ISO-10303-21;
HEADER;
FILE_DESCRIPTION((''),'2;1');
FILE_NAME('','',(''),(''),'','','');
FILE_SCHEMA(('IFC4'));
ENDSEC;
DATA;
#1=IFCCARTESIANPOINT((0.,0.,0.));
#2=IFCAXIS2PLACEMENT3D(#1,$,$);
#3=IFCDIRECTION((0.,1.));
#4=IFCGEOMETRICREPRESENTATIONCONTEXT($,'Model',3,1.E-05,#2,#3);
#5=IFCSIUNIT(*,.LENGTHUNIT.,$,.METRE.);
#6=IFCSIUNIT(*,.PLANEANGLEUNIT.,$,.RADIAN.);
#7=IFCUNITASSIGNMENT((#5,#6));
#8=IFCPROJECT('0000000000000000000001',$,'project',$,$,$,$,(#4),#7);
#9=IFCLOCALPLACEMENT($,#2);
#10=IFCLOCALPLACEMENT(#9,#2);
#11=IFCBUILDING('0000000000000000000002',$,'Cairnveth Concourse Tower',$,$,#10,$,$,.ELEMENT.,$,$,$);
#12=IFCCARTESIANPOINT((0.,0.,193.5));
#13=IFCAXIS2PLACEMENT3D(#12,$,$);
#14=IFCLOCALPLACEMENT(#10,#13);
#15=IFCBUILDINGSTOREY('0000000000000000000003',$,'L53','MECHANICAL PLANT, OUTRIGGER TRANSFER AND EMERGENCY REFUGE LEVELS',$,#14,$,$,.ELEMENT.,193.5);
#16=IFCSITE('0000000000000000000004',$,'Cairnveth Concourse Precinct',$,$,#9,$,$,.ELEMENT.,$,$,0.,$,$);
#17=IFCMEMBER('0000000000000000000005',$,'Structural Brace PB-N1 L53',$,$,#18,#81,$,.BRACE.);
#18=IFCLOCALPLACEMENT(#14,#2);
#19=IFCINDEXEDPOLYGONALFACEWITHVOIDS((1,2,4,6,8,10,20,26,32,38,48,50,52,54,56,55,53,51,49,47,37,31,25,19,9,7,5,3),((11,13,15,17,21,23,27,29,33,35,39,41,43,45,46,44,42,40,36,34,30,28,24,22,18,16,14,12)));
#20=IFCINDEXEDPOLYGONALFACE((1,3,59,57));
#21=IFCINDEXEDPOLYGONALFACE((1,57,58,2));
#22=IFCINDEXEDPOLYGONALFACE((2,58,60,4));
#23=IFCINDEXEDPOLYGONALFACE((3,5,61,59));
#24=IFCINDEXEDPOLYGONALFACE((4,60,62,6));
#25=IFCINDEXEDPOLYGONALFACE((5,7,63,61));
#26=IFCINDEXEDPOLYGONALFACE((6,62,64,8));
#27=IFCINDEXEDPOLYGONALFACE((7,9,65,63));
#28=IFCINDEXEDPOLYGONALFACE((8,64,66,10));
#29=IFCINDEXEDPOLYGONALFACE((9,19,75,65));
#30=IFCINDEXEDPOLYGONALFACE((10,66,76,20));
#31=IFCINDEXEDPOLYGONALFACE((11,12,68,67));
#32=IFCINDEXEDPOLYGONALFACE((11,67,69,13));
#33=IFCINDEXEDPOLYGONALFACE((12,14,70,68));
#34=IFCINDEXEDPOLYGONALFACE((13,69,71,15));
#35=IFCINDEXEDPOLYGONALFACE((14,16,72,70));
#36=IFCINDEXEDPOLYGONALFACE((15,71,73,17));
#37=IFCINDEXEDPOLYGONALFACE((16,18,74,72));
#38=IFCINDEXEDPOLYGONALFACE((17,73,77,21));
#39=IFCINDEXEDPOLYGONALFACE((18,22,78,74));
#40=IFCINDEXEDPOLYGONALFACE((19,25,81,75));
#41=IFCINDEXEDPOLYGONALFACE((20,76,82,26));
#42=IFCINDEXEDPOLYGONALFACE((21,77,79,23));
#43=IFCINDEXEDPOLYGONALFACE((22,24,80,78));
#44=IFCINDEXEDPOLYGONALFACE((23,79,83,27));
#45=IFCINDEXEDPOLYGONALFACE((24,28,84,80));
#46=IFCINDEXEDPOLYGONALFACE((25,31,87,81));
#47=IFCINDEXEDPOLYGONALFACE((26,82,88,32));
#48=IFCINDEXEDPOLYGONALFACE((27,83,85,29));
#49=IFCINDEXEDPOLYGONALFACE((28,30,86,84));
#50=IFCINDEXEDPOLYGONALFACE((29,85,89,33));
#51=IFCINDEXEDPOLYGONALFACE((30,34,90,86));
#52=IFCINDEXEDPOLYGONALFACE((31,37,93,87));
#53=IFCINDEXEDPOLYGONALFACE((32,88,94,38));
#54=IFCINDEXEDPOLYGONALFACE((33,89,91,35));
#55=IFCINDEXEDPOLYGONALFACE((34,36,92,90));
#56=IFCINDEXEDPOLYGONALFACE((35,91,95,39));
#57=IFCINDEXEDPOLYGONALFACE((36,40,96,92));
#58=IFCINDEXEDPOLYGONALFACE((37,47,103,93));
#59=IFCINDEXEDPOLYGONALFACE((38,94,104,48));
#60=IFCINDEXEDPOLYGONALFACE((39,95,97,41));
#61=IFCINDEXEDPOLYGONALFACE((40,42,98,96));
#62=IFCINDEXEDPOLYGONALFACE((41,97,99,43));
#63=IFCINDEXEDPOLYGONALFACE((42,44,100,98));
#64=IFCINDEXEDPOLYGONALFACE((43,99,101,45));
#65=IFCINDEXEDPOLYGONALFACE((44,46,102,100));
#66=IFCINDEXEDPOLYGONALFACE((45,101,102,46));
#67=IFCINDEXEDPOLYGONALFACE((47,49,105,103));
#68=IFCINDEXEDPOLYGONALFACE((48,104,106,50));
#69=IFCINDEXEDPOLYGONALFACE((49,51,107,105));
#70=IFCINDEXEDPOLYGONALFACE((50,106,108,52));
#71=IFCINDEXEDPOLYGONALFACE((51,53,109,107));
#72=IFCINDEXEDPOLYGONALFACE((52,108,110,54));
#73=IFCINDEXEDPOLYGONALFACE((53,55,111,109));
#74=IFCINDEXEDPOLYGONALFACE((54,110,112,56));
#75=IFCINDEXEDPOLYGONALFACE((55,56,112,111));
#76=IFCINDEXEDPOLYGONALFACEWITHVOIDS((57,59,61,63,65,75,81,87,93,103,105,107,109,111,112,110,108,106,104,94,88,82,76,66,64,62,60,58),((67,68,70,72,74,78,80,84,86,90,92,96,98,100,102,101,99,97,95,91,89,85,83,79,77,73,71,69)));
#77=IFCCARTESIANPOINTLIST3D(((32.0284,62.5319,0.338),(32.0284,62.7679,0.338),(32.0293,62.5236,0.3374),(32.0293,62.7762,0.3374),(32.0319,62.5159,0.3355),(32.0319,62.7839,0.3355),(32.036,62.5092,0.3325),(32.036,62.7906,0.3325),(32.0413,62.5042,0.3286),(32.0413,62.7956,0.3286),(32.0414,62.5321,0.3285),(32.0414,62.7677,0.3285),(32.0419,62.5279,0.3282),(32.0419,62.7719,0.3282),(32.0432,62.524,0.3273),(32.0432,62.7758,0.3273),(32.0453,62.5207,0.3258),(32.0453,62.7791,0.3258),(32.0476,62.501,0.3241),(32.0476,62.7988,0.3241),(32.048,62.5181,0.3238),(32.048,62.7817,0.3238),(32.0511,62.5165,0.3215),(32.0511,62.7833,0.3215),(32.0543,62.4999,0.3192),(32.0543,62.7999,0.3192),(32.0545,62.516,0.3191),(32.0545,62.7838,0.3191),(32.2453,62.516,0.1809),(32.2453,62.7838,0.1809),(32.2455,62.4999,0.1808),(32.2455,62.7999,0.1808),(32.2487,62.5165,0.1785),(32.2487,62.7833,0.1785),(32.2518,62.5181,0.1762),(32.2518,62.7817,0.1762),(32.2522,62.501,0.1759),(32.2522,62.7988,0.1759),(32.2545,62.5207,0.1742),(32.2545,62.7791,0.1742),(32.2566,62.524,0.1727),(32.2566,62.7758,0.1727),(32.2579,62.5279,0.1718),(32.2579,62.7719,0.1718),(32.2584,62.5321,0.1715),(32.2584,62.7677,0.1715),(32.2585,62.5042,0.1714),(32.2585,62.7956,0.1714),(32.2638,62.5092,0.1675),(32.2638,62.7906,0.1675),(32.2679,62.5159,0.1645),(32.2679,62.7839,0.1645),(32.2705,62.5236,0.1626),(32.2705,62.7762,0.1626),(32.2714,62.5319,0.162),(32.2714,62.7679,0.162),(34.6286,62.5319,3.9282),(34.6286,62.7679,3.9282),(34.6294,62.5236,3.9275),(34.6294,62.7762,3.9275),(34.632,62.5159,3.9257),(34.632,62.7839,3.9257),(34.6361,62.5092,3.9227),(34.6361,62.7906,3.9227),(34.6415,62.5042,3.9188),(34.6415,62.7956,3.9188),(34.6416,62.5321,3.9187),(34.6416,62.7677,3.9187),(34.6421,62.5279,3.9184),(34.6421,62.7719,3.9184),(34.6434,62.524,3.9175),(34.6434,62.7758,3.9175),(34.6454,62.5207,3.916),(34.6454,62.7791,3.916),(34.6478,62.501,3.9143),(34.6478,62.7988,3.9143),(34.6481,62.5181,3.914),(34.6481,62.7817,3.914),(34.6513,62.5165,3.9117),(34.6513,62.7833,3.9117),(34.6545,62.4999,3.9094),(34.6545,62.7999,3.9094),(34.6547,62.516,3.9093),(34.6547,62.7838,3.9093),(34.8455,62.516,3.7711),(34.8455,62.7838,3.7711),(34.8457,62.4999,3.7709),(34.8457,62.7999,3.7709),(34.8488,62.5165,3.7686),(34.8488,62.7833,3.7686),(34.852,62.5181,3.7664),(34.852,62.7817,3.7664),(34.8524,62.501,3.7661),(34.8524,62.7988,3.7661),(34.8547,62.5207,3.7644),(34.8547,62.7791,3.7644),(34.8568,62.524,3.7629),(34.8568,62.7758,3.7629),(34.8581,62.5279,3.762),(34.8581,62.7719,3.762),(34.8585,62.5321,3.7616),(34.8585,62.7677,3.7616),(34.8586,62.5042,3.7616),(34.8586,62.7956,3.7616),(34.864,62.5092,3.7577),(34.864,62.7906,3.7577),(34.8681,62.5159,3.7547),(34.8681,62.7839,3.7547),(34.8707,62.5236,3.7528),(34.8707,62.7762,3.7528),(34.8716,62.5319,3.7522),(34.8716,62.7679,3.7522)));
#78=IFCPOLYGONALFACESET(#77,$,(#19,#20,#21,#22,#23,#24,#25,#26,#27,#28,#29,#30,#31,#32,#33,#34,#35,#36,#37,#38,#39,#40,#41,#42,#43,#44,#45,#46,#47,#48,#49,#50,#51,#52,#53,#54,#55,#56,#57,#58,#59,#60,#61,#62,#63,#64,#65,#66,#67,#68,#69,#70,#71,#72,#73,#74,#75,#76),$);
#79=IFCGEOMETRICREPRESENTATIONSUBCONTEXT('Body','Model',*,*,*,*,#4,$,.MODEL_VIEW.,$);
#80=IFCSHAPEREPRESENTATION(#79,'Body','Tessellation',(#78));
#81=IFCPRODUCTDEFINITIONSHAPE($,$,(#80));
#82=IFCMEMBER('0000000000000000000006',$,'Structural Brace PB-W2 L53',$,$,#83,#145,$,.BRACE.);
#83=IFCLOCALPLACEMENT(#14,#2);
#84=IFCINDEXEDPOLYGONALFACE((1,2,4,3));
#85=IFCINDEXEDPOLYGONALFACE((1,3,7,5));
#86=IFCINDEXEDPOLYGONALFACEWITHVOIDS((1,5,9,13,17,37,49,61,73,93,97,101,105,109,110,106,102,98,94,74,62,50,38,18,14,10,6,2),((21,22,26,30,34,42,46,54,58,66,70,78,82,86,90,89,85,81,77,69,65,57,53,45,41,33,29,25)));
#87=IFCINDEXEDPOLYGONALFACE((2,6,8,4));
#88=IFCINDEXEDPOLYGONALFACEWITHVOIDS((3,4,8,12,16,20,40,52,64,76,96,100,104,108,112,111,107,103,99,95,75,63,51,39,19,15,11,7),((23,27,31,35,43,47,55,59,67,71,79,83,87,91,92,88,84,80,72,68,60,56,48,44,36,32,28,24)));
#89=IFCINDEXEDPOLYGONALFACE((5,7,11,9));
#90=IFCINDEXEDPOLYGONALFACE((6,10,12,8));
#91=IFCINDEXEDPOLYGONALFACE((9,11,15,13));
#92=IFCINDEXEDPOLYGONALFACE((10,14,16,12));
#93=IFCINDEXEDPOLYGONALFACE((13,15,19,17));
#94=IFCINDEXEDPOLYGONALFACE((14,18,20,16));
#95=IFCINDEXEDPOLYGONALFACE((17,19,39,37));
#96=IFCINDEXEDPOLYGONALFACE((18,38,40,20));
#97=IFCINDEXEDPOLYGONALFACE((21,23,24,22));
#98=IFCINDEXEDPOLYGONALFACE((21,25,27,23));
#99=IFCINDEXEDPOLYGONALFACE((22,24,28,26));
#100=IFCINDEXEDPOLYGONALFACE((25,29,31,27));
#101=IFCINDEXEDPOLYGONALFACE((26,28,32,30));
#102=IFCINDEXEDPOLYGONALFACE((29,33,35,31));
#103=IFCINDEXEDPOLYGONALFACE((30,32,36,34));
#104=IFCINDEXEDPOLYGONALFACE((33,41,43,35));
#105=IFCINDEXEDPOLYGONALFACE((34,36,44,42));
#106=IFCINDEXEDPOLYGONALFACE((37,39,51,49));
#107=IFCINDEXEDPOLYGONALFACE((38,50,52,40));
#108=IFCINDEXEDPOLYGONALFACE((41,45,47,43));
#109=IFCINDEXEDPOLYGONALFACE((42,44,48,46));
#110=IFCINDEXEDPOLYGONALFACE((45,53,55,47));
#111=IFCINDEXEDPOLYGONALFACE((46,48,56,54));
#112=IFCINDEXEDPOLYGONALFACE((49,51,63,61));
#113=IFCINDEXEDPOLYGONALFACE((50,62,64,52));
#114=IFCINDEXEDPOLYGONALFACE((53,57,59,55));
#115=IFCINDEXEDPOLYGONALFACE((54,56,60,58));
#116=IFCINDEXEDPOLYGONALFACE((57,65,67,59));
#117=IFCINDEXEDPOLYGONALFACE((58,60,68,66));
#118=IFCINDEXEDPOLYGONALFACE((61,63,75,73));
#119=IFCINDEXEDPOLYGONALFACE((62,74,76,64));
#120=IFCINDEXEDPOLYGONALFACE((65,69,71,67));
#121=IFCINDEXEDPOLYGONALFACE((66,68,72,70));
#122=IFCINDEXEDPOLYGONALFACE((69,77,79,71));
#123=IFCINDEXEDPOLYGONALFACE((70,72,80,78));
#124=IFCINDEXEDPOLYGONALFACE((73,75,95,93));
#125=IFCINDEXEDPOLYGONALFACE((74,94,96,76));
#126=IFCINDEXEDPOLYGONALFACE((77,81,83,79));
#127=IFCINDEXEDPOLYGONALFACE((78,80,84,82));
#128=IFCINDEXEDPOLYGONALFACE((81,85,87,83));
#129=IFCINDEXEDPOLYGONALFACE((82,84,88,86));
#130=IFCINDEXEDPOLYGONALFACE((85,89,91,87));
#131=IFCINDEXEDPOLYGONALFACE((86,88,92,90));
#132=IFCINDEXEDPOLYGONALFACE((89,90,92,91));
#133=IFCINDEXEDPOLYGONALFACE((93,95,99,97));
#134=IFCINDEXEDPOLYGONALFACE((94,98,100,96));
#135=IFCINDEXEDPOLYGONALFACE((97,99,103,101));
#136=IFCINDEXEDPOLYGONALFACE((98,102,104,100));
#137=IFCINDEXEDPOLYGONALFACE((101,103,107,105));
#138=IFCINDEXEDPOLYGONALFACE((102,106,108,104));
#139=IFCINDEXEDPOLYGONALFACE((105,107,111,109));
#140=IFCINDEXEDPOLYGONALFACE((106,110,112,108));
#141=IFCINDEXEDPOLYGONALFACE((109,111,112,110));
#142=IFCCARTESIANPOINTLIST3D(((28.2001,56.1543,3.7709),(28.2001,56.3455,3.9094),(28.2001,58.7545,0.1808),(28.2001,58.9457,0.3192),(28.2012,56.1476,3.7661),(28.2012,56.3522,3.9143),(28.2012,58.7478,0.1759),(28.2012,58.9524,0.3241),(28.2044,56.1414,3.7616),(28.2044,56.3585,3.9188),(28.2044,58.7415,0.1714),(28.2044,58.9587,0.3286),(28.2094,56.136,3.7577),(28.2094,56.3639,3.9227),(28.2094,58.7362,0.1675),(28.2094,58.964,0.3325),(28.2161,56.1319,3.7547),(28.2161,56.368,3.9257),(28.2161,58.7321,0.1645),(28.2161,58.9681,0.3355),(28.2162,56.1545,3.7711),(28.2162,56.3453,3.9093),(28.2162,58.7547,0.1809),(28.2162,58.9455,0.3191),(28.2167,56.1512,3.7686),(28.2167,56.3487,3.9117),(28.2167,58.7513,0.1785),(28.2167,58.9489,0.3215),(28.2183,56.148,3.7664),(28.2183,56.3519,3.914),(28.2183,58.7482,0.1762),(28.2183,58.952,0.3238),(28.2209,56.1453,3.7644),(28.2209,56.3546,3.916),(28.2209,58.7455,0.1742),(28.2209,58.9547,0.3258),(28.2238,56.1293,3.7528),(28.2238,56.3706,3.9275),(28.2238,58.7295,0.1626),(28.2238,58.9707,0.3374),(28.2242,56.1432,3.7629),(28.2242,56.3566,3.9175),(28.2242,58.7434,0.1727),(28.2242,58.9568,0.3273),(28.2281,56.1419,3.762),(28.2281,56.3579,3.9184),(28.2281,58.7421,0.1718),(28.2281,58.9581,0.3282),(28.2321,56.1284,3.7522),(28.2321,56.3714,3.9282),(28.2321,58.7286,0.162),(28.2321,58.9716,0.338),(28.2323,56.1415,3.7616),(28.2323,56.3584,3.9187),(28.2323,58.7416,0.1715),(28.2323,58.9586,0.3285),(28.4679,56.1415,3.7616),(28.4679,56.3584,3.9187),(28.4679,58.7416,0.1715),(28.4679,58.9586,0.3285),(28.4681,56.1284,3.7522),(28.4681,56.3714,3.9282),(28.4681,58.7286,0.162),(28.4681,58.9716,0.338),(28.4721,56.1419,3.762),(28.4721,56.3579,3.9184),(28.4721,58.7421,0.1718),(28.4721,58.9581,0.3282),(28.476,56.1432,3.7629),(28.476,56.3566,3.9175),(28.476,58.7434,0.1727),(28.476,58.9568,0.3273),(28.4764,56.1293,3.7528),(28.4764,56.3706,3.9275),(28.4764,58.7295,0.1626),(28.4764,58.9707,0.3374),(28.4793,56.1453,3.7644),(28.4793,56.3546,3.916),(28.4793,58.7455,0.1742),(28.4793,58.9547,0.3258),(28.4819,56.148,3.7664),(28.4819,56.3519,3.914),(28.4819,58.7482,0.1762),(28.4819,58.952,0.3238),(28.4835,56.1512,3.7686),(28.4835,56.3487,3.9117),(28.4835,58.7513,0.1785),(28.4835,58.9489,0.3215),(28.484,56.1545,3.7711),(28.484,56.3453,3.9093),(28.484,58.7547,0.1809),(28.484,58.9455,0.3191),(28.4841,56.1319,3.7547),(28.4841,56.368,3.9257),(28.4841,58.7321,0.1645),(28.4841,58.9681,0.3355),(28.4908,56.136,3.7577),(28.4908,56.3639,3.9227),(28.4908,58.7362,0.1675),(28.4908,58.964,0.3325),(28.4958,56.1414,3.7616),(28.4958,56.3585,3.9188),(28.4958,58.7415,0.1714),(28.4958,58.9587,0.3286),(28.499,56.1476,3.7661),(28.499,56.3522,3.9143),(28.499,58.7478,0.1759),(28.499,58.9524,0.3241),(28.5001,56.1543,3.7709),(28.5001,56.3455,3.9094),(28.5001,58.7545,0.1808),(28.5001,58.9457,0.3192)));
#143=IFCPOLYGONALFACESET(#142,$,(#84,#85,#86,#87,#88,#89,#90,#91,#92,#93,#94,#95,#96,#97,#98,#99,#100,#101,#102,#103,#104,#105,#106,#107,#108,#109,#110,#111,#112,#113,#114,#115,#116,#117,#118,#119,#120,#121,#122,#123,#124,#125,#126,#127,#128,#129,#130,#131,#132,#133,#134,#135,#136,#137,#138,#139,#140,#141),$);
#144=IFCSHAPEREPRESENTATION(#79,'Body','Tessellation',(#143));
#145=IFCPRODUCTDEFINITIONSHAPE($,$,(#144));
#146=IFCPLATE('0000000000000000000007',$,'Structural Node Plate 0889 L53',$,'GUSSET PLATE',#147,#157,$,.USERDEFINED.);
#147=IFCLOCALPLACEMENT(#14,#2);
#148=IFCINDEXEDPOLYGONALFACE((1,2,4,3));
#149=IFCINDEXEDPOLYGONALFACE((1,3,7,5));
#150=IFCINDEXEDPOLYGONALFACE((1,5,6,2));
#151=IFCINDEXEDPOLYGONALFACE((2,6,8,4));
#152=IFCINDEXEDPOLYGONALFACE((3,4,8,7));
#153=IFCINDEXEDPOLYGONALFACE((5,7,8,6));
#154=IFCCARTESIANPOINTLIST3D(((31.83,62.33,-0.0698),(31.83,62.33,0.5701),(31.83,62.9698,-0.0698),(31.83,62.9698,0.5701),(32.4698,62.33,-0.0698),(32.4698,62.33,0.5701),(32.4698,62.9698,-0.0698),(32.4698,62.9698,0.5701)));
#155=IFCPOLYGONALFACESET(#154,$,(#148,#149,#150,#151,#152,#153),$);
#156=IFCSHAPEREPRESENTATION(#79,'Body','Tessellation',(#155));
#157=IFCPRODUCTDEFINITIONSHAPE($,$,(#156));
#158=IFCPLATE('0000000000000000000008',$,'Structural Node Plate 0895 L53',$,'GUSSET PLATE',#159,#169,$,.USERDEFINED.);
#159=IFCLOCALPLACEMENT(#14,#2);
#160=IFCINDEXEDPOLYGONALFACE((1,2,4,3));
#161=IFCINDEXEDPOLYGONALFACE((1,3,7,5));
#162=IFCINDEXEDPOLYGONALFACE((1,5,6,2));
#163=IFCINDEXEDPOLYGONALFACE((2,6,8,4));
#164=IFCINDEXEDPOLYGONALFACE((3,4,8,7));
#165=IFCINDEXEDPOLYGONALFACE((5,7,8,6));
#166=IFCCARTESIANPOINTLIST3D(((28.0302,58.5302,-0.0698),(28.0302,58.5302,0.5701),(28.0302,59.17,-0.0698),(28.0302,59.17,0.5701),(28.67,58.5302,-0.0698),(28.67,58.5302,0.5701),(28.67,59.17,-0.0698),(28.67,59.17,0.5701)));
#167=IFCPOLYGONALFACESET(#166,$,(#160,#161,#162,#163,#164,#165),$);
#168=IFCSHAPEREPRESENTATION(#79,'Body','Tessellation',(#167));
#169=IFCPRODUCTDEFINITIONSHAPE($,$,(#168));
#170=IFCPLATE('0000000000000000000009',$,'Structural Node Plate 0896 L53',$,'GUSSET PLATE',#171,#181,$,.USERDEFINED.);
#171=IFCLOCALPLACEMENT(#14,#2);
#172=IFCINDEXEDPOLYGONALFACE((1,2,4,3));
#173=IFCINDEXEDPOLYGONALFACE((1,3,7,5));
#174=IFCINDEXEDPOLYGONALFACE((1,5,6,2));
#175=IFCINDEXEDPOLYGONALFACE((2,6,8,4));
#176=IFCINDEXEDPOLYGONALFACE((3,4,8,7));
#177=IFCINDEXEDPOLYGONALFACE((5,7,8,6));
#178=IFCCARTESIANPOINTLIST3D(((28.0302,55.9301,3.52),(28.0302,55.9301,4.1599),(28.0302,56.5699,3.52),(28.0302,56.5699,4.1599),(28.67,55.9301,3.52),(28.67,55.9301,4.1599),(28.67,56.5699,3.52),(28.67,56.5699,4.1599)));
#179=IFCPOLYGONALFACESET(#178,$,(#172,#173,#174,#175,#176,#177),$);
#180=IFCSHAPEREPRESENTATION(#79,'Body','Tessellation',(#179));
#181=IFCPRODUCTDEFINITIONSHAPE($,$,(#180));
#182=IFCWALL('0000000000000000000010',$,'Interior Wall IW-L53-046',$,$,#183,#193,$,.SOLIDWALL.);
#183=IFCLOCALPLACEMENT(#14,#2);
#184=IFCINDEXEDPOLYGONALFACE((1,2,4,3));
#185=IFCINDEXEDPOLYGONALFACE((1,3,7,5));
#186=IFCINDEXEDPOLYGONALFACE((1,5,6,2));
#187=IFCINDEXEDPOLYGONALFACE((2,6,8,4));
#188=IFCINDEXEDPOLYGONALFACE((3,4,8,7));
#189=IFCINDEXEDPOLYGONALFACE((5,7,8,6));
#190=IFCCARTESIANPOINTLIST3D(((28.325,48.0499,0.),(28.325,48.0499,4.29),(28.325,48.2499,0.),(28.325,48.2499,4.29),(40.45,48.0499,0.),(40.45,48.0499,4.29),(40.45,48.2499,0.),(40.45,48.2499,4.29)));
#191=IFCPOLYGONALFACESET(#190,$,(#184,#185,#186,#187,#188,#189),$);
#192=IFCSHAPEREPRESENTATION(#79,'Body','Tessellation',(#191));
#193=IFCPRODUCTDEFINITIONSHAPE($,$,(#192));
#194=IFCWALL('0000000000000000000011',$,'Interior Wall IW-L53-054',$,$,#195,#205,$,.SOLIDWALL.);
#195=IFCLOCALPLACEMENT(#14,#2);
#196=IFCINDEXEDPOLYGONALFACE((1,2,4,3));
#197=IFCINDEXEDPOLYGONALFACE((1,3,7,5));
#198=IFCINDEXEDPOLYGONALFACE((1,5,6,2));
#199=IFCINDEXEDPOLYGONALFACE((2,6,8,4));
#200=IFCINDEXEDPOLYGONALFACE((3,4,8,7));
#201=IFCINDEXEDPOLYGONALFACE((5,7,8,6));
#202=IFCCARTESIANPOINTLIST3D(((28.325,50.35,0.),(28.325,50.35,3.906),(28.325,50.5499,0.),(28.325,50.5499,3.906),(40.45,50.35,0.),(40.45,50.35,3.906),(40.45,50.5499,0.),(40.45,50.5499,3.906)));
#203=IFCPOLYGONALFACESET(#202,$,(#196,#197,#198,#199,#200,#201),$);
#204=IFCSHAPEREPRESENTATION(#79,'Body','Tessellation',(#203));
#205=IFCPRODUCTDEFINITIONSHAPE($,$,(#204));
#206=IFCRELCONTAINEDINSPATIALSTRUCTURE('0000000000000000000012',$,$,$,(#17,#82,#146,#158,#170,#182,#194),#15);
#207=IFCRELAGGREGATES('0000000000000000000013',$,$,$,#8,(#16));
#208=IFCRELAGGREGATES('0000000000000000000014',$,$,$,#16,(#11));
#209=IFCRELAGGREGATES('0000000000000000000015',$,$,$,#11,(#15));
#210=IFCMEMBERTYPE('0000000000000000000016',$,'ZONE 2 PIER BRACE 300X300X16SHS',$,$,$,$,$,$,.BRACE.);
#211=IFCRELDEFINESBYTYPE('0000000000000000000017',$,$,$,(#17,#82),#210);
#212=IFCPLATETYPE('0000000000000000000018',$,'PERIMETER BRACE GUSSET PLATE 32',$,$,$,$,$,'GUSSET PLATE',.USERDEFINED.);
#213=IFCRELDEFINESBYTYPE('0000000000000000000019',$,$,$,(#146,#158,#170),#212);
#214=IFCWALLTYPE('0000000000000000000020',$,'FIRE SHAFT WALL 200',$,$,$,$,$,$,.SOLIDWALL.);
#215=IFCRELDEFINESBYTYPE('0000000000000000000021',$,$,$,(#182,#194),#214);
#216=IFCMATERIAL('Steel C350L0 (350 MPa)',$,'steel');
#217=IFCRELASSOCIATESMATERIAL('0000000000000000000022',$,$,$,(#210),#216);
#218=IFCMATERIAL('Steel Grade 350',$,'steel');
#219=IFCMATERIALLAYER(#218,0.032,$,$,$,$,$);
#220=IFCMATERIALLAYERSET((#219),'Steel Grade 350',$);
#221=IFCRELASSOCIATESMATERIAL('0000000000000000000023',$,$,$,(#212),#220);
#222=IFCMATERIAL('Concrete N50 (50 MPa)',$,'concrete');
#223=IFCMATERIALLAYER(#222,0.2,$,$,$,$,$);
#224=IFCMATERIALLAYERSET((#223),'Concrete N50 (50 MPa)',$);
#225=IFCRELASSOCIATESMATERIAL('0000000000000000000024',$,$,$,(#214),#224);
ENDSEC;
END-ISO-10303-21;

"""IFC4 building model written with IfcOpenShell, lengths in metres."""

from ifc_helpers import new_model, si_unit, direction, frame, frame_2d, origin, origin_2d, place, context, subcontext, project, spatial, rectangle, hollow_rectangle, extrude, material, layer, layer_set, material_profile, profile_set, type_object, element, save


model = new_model("IFC4")

# Units and contexts
model_context = context("Model", 3, precision=1e-05, world=origin(), true_north=direction((0.0, 1.0)))
body_context = subcontext(model_context, "Body", "Model", "MODEL_VIEW")
ifc_project = project(units=[si_unit("LENGTHUNIT", "METRE"), si_unit("PLANEANGLEUNIT", "RADIAN")], contexts=[model_context])

# Site, building, storey
site_placement = place(None, origin())
site = spatial("IfcSite", under=ifc_project, at=site_placement, Name="Cairnveth Concourse Precinct", CompositionType="ELEMENT", RefElevation=0.0)
building_placement = place(site_placement, origin())
building = spatial("IfcBuilding", under=site, at=building_placement, Name="Cairnveth Concourse Tower", CompositionType="ELEMENT")
storey_placement = place(building_placement, frame((0.0, 0.0, 193.5)))
storey = spatial("IfcBuildingStorey", under=building, at=storey_placement, Name="L53", Description="MECHANICAL PLANT, OUTRIGGER TRANSFER AND EMERGENCY REFUGE LEVELS", CompositionType="ELEMENT", Elevation=193.5)

# Shared definitions
ifc_material_1 = material(Name="Steel Grade 350", Category="steel")

# Members
ifc_material_2 = material(Name="Steel C350L0 (350 MPa)", Category="steel")
ifc_material_profile_1 = material_profile(ifc_material_2, hollow_rectangle(XDim=0.3, YDim=0.3, WallThickness=0.0161, InnerFilletRadius=0.0161, OuterFilletRadius=0.032, at=origin_2d()), Name="300x300x16.0SHS")
ifc_profile_set_1 = profile_set([ifc_material_profile_1], Name="Steel C350L0 (350 MPa)")
member_type = type_object("IfcMemberType", Name="ZONE 2 PIER BRACE 300X300X16SHS", PredefinedType="BRACE", material=ifc_profile_set_1)
for number, where, z_axis, x_axis, name in (
    (1, (32.1499, 62.6499, 0.25), (0.586566, 0.0, 0.809902), (0.0, 1.0, 0.0), "Structural Brace PB-N1 L53"),
    (2, (28.3501, 58.8501, 0.25), (0.0, -0.586566, 0.809902), (1.0, 0.0, 0.0), "Structural Brace PB-W2 L53"),
):
    element("IfcMember", number, at=place(storey_placement, frame(where, z_axis=z_axis, x_axis=x_axis)), inside=storey, type_object=member_type, Name=name, PredefinedType="BRACE", context=body_context, shape_type="SweptSolid", body=[
        extrude(hollow_rectangle(XDim=0.3, YDim=0.3, WallThickness=0.0161, InnerFilletRadius=0.0161, OuterFilletRadius=0.032, at=origin_2d()), origin(), (0.0, 0.0, 1.0), 4.4329),
    ])

# Plates
ifc_layer_1 = layer(ifc_material_1, 0.032)
ifc_layer_set_1 = layer_set([ifc_layer_1], Name="Steel Grade 350")
plate_type = type_object("IfcPlateType", Name="PERIMETER BRACE GUSSET PLATE 32", ElementType="GUSSET PLATE", PredefinedType="USERDEFINED", material=ifc_layer_set_1)
for number, where, z_axis, x_axis, name in (
    (3, (32.1499, 62.6499, -0.0698), (0.0, 0.0, 1.0), (1.0, 0.0, 0.0), "Structural Node Plate 0889 L53"),
    (4, (28.3501, 58.8501, -0.0698), (0.0, 0.0, 1.0), (1.0, 0.0, 0.0), "Structural Node Plate 0895 L53"),
    (5, (28.3501, 56.25, 3.52), (0.0, 0.0, 1.0), (1.0, 0.0, 0.0), "Structural Node Plate 0896 L53"),
):
    element("IfcPlate", number, at=place(storey_placement, frame(where, z_axis=z_axis, x_axis=x_axis)), inside=storey, type_object=plate_type, Name=name, ObjectType="GUSSET PLATE", PredefinedType="USERDEFINED", context=body_context, shape_type="SweptSolid", body=[
        extrude(rectangle(XDim=0.6399, YDim=0.6399, at=origin_2d()), origin(), (0.0, 0.0, 1.0), 0.6399),
    ])

# Walls
ifc_material_3 = material(Name="Concrete N50 (50 MPa)", Category="concrete")
ifc_layer_2 = layer(ifc_material_3, 0.2)
ifc_layer_set_2 = layer_set([ifc_layer_2], Name="Concrete N50 (50 MPa)")
wall_type_1 = type_object("IfcWallType", Name="FIRE SHAFT WALL 200", PredefinedType="SOLIDWALL", material=ifc_layer_set_2)
wall_1_placement = place(storey_placement, frame((28.325, 48.1499, 0.0), z_axis=(0.0, 0.0, 1.0), x_axis=(1.0, 0.0, 0.0)))
element("IfcWall", 6, at=wall_1_placement, inside=storey, type_object=wall_type_1, Name="Interior Wall IW-L53-046", PredefinedType="SOLIDWALL", context=body_context, shape_type="SweptSolid", body=[
    extrude(rectangle(XDim=12.125, YDim=0.2, at=frame_2d((6.0625, 0.0))), origin(), (0.0, 0.0, 1.0), 4.29),
])
wall_2_placement = place(storey_placement, frame((28.325, 50.45, 0.0), z_axis=(0.0, 0.0, 1.0), x_axis=(1.0, 0.0, 0.0)))
element("IfcWall", 7, at=wall_2_placement, inside=storey, type_object=wall_type_1, Name="Interior Wall IW-L53-054", PredefinedType="SOLIDWALL", context=body_context, shape_type="SweptSolid", body=[
    extrude(rectangle(XDim=12.125, YDim=0.2, at=frame_2d((6.0625, 0.0))), origin(), (0.0, 0.0, 1.0), 3.906),
])

save(model, "model.ifc")
